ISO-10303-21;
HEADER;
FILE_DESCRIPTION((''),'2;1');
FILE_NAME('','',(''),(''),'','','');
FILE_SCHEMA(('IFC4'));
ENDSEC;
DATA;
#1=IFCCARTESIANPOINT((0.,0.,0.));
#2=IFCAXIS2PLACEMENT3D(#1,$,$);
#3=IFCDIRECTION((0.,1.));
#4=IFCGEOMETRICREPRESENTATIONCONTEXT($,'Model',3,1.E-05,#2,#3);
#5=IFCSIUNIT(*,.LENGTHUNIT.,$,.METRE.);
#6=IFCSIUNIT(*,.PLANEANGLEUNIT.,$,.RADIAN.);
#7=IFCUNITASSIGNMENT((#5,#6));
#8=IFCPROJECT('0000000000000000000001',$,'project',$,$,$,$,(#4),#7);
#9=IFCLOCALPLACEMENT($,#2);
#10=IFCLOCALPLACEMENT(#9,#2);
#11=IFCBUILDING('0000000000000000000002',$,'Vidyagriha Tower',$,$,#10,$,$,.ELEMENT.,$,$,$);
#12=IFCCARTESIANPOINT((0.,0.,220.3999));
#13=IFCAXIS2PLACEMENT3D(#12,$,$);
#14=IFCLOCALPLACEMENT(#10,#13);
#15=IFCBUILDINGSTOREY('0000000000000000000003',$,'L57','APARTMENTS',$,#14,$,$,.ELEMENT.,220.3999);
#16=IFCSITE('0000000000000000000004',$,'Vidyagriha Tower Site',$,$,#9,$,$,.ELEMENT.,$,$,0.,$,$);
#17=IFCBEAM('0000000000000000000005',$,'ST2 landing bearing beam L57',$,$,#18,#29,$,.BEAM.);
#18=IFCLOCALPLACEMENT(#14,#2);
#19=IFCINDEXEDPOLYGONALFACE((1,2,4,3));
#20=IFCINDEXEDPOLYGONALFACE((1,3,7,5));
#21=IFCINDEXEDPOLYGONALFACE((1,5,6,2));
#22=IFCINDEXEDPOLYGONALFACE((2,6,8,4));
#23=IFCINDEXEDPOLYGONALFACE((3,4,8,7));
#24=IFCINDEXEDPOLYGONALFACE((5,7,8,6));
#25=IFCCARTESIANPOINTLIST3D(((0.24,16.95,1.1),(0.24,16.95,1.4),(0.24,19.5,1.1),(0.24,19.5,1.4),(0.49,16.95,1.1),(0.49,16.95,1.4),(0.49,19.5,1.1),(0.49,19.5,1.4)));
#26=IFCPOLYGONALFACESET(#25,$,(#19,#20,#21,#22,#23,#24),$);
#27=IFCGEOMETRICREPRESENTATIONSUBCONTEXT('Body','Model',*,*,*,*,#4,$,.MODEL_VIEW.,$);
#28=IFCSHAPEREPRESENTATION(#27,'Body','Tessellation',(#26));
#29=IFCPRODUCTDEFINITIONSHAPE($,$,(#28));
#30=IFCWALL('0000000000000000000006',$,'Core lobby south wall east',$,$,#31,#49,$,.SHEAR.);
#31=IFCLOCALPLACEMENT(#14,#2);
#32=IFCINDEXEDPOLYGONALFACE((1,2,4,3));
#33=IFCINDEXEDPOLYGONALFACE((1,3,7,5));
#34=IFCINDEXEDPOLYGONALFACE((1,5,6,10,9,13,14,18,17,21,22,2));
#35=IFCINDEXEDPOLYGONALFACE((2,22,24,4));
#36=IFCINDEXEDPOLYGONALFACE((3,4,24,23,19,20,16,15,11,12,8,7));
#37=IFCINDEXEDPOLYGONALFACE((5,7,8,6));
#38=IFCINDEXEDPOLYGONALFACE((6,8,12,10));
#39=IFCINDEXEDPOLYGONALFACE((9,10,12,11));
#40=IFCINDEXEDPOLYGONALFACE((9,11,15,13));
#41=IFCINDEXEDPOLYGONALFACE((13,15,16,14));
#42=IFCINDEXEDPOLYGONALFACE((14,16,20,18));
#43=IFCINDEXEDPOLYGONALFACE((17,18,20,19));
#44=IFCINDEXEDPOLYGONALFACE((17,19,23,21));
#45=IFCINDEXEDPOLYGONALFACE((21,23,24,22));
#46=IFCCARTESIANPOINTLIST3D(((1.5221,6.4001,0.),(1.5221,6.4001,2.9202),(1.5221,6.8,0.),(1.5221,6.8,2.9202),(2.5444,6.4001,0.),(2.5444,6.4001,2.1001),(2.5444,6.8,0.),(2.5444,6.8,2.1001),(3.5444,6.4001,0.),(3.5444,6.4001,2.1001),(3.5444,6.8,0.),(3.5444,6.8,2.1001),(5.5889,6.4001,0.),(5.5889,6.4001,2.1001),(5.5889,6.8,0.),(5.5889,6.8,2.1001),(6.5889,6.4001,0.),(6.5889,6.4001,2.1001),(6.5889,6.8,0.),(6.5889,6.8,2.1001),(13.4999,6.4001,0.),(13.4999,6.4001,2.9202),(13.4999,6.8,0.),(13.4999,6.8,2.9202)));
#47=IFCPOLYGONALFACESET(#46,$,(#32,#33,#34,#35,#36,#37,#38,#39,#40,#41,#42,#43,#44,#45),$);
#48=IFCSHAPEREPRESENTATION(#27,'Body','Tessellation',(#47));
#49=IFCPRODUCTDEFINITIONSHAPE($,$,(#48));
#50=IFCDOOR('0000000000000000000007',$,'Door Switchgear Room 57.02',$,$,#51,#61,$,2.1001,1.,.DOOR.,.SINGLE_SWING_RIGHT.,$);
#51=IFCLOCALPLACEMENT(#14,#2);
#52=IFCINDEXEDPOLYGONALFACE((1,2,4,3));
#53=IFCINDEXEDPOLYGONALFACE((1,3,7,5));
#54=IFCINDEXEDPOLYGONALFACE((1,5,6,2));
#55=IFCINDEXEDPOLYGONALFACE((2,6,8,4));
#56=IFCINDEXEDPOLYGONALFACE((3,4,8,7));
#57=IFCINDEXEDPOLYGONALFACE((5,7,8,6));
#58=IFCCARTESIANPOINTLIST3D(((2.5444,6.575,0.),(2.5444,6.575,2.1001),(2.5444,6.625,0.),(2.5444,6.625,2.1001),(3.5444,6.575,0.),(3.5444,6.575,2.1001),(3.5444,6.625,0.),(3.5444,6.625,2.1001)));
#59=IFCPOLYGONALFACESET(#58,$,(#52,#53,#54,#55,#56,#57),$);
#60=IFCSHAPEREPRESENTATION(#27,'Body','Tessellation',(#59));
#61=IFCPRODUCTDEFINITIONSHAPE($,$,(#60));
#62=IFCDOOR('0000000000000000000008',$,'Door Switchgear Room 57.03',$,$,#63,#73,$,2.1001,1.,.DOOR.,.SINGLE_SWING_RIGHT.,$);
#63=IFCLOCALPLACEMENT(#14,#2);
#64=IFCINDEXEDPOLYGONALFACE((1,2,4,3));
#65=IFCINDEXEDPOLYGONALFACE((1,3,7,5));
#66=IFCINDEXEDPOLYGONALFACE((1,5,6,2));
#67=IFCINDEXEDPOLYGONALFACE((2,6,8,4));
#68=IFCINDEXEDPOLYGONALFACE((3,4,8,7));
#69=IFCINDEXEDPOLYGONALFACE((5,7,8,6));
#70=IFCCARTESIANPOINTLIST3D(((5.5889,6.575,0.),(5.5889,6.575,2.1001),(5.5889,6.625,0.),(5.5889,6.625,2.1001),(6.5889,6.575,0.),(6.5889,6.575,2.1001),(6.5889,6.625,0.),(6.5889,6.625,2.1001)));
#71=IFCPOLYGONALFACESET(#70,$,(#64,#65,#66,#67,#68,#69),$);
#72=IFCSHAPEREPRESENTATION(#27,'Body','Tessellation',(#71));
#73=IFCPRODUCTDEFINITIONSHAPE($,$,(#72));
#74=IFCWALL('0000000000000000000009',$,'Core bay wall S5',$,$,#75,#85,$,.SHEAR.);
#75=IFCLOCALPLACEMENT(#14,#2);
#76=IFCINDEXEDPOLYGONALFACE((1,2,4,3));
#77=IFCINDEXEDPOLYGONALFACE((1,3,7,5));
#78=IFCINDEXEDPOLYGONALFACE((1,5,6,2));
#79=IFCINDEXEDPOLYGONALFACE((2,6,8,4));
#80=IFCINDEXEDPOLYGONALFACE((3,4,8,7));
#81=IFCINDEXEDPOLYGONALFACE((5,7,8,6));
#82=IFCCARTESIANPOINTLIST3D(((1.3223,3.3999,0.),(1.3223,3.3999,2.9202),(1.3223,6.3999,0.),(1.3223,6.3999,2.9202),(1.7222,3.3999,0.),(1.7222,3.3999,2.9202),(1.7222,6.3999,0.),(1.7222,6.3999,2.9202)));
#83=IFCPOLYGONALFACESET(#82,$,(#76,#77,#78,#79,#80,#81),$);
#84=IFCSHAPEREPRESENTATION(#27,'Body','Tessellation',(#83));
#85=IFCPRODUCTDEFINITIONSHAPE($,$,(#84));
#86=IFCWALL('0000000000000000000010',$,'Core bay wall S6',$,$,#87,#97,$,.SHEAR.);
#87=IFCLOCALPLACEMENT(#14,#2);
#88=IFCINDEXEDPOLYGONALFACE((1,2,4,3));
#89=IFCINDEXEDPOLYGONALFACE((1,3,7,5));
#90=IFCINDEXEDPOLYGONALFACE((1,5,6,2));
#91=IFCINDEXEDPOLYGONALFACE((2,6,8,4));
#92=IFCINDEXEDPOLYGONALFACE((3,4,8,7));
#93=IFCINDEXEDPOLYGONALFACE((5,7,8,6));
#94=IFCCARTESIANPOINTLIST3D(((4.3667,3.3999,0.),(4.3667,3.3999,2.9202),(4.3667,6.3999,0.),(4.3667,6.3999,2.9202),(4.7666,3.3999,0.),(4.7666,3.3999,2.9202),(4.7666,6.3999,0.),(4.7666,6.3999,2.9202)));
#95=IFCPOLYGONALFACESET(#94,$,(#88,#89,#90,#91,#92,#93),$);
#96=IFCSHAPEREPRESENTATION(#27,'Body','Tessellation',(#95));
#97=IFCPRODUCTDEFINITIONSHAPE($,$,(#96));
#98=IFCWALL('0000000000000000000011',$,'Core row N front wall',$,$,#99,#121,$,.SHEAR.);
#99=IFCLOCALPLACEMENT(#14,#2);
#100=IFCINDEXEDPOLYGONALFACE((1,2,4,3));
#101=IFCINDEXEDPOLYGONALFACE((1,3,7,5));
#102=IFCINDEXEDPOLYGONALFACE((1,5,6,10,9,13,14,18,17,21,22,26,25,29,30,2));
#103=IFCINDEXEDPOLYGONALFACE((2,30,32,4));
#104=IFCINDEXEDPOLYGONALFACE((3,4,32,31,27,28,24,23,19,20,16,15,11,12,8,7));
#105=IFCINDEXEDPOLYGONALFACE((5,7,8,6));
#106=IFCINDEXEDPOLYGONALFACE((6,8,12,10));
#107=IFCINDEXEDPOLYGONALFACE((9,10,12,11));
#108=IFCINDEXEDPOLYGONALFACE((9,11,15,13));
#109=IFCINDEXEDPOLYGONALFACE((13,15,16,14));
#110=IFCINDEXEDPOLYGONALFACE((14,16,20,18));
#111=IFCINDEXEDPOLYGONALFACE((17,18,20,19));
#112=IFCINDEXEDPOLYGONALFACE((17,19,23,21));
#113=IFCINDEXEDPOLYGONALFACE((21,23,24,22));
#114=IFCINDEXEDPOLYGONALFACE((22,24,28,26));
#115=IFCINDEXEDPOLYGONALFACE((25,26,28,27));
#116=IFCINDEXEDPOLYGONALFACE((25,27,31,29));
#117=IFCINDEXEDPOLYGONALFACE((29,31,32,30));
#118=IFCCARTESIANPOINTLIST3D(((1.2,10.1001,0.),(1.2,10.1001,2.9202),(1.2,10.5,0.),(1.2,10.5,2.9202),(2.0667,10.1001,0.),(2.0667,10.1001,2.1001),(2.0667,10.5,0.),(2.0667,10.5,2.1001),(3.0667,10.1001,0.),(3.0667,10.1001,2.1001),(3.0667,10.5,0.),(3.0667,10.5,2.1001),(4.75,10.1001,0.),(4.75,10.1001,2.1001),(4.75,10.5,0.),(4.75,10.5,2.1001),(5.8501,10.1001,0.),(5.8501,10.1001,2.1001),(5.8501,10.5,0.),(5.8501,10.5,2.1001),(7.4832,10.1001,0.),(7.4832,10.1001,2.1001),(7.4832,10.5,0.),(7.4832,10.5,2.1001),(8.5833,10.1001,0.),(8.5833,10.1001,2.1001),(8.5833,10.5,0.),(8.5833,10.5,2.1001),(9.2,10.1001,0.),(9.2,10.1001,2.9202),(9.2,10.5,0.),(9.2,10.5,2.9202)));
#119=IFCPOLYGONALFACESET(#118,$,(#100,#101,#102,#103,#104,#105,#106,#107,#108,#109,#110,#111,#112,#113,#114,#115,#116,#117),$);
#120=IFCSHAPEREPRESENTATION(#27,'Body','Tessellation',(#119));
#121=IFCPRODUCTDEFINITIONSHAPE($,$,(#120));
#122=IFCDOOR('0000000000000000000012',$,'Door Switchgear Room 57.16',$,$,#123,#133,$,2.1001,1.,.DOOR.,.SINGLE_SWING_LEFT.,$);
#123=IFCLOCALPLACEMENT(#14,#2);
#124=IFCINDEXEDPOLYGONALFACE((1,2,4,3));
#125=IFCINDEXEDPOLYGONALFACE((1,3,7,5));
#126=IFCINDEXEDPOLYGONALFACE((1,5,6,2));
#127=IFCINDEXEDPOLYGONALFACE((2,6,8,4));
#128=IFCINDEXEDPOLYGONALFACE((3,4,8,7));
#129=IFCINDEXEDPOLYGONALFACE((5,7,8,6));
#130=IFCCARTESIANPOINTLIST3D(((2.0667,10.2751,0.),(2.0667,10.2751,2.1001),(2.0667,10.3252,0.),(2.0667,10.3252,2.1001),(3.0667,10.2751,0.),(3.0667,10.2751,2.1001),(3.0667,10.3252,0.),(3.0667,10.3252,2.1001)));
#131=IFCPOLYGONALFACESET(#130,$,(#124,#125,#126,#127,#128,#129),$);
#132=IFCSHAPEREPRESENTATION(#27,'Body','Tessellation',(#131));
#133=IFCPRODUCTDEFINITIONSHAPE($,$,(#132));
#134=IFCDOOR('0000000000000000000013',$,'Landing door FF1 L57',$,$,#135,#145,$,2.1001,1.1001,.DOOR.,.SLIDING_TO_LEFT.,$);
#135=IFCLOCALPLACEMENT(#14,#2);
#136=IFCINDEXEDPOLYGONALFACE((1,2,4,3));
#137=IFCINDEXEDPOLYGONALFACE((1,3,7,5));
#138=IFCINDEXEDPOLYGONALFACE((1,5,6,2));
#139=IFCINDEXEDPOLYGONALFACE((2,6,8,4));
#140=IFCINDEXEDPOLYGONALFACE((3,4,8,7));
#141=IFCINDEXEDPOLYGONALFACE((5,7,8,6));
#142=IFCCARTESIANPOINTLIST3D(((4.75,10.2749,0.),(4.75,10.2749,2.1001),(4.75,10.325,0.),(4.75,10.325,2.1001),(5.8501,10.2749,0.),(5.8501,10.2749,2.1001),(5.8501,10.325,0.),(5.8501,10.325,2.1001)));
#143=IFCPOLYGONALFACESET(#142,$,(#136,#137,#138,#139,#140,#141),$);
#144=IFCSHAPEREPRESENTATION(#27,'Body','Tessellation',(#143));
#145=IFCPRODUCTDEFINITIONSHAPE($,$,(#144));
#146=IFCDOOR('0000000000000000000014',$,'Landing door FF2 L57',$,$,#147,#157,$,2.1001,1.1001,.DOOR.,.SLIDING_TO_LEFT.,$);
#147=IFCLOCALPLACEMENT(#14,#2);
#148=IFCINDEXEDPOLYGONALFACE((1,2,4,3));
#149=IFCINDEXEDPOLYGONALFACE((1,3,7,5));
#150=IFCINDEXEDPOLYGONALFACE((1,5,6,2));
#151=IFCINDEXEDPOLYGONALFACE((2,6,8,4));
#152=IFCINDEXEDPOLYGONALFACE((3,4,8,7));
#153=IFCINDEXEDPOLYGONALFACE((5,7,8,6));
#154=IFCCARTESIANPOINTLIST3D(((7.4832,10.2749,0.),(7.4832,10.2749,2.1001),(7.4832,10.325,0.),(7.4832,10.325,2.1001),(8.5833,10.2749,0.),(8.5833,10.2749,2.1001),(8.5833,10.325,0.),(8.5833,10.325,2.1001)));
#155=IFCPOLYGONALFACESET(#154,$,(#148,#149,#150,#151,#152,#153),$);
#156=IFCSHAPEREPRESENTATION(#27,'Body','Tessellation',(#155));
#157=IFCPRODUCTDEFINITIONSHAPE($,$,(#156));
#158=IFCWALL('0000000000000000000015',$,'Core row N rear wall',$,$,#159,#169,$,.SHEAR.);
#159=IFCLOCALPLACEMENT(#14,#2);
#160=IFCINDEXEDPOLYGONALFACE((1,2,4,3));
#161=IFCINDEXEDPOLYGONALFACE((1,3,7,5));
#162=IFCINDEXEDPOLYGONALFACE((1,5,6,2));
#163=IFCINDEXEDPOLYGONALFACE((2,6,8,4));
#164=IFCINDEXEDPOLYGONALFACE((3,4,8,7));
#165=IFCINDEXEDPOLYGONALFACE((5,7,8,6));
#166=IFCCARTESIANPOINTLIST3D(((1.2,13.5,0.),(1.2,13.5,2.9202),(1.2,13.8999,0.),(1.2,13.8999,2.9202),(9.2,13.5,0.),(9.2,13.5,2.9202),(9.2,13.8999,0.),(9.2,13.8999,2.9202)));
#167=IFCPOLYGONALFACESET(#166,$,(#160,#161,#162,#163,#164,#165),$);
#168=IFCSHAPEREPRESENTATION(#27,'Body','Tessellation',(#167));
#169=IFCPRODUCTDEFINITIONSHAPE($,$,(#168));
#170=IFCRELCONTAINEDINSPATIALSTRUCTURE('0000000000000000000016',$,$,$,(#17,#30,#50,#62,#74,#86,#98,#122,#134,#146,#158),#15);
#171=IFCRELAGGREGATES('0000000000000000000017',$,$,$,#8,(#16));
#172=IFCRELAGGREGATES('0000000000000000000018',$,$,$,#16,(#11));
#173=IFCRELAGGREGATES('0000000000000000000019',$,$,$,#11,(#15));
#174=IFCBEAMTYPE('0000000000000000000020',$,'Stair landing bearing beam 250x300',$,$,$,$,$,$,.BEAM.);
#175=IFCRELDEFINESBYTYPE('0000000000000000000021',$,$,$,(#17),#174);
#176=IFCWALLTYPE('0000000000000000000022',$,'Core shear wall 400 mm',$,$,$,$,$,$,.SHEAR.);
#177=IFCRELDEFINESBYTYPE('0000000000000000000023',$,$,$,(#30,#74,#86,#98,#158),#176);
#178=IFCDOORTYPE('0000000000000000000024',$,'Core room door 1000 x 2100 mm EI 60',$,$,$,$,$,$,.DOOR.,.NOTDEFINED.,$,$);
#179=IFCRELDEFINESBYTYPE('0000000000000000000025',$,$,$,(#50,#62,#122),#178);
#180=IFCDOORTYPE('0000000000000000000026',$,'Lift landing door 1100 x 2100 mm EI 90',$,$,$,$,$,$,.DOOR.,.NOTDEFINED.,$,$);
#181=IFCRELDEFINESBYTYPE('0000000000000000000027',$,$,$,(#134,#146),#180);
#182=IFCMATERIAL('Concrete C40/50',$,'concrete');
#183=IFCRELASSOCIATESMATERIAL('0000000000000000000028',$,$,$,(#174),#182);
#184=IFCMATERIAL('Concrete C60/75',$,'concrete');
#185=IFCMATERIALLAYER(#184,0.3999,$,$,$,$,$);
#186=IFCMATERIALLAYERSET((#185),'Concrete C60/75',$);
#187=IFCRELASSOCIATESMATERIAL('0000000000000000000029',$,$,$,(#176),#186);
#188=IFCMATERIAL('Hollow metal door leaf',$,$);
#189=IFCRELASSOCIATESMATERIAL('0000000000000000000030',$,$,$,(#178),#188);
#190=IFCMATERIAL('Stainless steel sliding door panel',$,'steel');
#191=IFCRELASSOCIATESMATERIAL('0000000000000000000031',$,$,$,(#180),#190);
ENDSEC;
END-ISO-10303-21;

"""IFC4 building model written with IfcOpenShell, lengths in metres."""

from ifc_helpers import new_model, si_unit, direction, frame, frame_2d, origin, origin_2d, place, context, subcontext, project, spatial, rectangle, extrude, material, layer, layer_set, material_profile, profile_set, type_object, element, fill, save


model = new_model("IFC4")

# Units and contexts
model_context = context("Model", 3, precision=1e-05, world=origin(), true_north=direction((0.0, 1.0)))
body_context = subcontext(model_context, "Body", "Model", "MODEL_VIEW")
ifc_project = project(units=[si_unit("LENGTHUNIT", "METRE"), si_unit("PLANEANGLEUNIT", "RADIAN")], contexts=[model_context])

# Site, building, storey
site_placement = place(None, origin())
site = spatial("IfcSite", under=ifc_project, at=site_placement, Name="Vidyagriha Tower Site", CompositionType="ELEMENT", RefElevation=0.0)
building_placement = place(site_placement, origin())
building = spatial("IfcBuilding", under=site, at=building_placement, Name="Vidyagriha Tower", CompositionType="ELEMENT")
storey_placement = place(building_placement, frame((0.0, 0.0, 220.3999)))
storey = spatial("IfcBuildingStorey", under=building, at=storey_placement, Name="L57", Description="APARTMENTS", CompositionType="ELEMENT", Elevation=220.3999)

# Beam
ifc_material_1 = material(Name="Concrete C40/50", Category="concrete")
ifc_material_profile = material_profile(ifc_material_1, rectangle(XDim=0.25, YDim=0.3, at=origin_2d()), Name="Stair landing bearing beam 250x300")
ifc_profile_set = profile_set([ifc_material_profile], Name="Concrete C40/50")
beam_type = type_object("IfcBeamType", Name="Stair landing bearing beam 250x300", PredefinedType="BEAM", material=ifc_profile_set)
beam_placement = place(storey_placement, frame((0.365, 16.95, 1.25), z_axis=(0.0, 1.0, 0.0), x_axis=(-1.0, 0.0, 0.0)))
element("IfcBeam", 1, at=beam_placement, inside=storey, type_object=beam_type, Name="ST2 landing bearing beam L57", PredefinedType="BEAM", context=body_context, shape_type="SweptSolid", body=[
    extrude(rectangle(XDim=0.25, YDim=0.3, at=origin_2d()), origin(), (0.0, 0.0, 1.0), 2.55),
])

# Wall, openings, doors
ifc_material_2 = material(Name="Concrete C60/75", Category="concrete")
ifc_layer_1 = layer(ifc_material_2, 0.3999)
ifc_layer_set_1 = layer_set([ifc_layer_1], Name="Concrete C60/75")
wall_type_1 = type_object("IfcWallType", Name="Core shear wall 400 mm", PredefinedType="SHEAR", material=ifc_layer_set_1)
wall_1_placement = place(storey_placement, frame((1.5222, 6.6001, 0.0)))
wall_1 = element("IfcWall", 2, at=wall_1_placement, inside=storey, type_object=wall_type_1, Name="Core lobby south wall east", PredefinedType="SHEAR", context=body_context, shape_type="SweptSolid", body=[
    extrude(rectangle(XDim=11.9778, YDim=0.3999, at=frame_2d((5.9888, 0.0))), origin(), (0.0, 0.0, 1.0), 2.9202),
])
opening_1_placement = place(wall_1_placement, frame((1.0222, 0.0, 0.0)))
opening_1 = element("IfcOpeningElement", 3, at=opening_1_placement, cuts=wall_1, PredefinedType="OPENING", context=body_context, shape_type="SweptSolid", body=[
    extrude(rectangle(XDim=1.0, YDim=2.1001, at=frame_2d((0.5, 1.05))), frame((0.0, 0.21, 0.0), z_axis=(0.0, -1.0, 0.0), x_axis=(1.0, 0.0, 0.0)), (0.0, 0.0, 1.0), 0.4199),
])
opening_2_placement = place(wall_1_placement, frame((4.0667, 0.0, 0.0)))
opening_2 = element("IfcOpeningElement", 4, at=opening_2_placement, cuts=wall_1, PredefinedType="OPENING", context=body_context, shape_type="SweptSolid", body=[
    extrude(rectangle(XDim=1.0, YDim=2.1001, at=frame_2d((0.5, 1.05))), frame((0.0, 0.21, 0.0), z_axis=(0.0, -1.0, 0.0), x_axis=(1.0, 0.0, 0.0)), (0.0, 0.0, 1.0), 0.4199),
])
ifc_material_3 = material(Name="Hollow metal door leaf")
door_type_1 = type_object("IfcDoorType", Name="Core room door 1000 x 2100 mm EI 60", OperationType="NOTDEFINED", PredefinedType="DOOR", material=ifc_material_3)
door_1_placement = place(opening_1_placement, origin())
door_1 = element("IfcDoor", 5, at=door_1_placement, inside=storey, type_object=door_type_1, Name="Door Switchgear Room 57.02", OperationType="SINGLE_SWING_RIGHT", OverallHeight=2.1001, OverallWidth=1.0, PredefinedType="DOOR", context=body_context, shape_type="SweptSolid", body=[
    extrude(rectangle(XDim=1.0, YDim=2.1001, at=frame_2d((0.5, 1.05))), frame((0.0, 0.0249, 0.0), z_axis=(0.0, -1.0, 0.0), x_axis=(1.0, 0.0, 0.0)), (0.0, 0.0, 1.0), 0.05),
])
fill(opening_1, door_1)
door_2_placement = place(opening_2_placement, origin())
door_2 = element("IfcDoor", 6, at=door_2_placement, inside=storey, type_object=door_type_1, Name="Door Switchgear Room 57.03", OperationType="SINGLE_SWING_RIGHT", OverallHeight=2.1001, OverallWidth=1.0, PredefinedType="DOOR", context=body_context, shape_type="SweptSolid", body=[
    extrude(rectangle(XDim=1.0, YDim=2.1001, at=frame_2d((0.5, 1.05))), frame((0.0, 0.0249, 0.0), z_axis=(0.0, -1.0, 0.0), x_axis=(1.0, 0.0, 0.0)), (0.0, 0.0, 1.0), 0.05),
])
fill(opening_2, door_2)

# Walls
for number, where, z_axis, x_axis, name in (
    (7, (1.5222, 3.3999, 0.0), (0.0, 0.0, 1.0), (0.0, 1.0, 0.0), "Core bay wall S5"),
    (8, (4.5667, 3.3999, 0.0), (0.0, 0.0, 1.0), (0.0, 1.0, 0.0), "Core bay wall S6"),
):
    element("IfcWall", number, at=place(storey_placement, frame(where, z_axis=z_axis, x_axis=x_axis)), inside=storey, type_object=wall_type_1, Name=name, PredefinedType="SHEAR", context=body_context, shape_type="SweptSolid", body=[
        extrude(rectangle(XDim=3.0, YDim=0.3999, at=frame_2d((1.5, 0.0))), origin(), (0.0, 0.0, 1.0), 2.9202),
    ])

# Wall, openings, doors
wall_2_placement = place(storey_placement, frame((1.2, 10.3, 0.0)))
wall_2 = element("IfcWall", 9, at=wall_2_placement, inside=storey, type_object=wall_type_1, Name="Core row N front wall", PredefinedType="SHEAR", context=body_context, shape_type="SweptSolid", body=[
    extrude(rectangle(XDim=8.0, YDim=0.3999, at=frame_2d((4.0, 0.0))), origin(), (0.0, 0.0, 1.0), 2.9202),
])
opening_3_placement = place(wall_2_placement, frame((3.55, 0.0, 0.0)))
opening_3 = element("IfcOpeningElement", 10, at=opening_3_placement, cuts=wall_2, PredefinedType="OPENING", context=body_context, shape_type="SweptSolid", body=[
    extrude(rectangle(XDim=1.1001, YDim=2.1001, at=frame_2d((0.55, 1.05))), frame((0.0, 0.21, 0.0), z_axis=(0.0, -1.0, 0.0), x_axis=(1.0, 0.0, 0.0)), (0.0, 0.0, 1.0), 0.4199),
])
opening_4_placement = place(wall_2_placement, frame((6.2832, 0.0, 0.0)))
opening_4 = element("IfcOpeningElement", 11, at=opening_4_placement, cuts=wall_2, PredefinedType="OPENING", context=body_context, shape_type="SweptSolid", body=[
    extrude(rectangle(XDim=1.1001, YDim=2.1001, at=frame_2d((0.55, 1.05))), frame((0.0, 0.21, 0.0), z_axis=(0.0, -1.0, 0.0), x_axis=(1.0, 0.0, 0.0)), (0.0, 0.0, 1.0), 0.4199),
])
opening_5_placement = place(wall_2_placement, frame((0.8667, 0.0, 0.0)))
opening_5 = element("IfcOpeningElement", 12, at=opening_5_placement, cuts=wall_2, PredefinedType="OPENING", context=body_context, shape_type="SweptSolid", body=[
    extrude(rectangle(XDim=1.0, YDim=2.1001, at=frame_2d((0.5, 1.05))), frame((0.0, 0.21, 0.0), z_axis=(0.0, -1.0, 0.0), x_axis=(1.0, 0.0, 0.0)), (0.0, 0.0, 1.0), 0.4199),
])
door_3_placement = place(opening_5_placement, frame((1.0, 0.0, 0.0), z_axis=(0.0, 0.0, 1.0), x_axis=(-1.0, 0.0, 0.0)))
door_3 = element("IfcDoor", 13, at=door_3_placement, inside=storey, type_object=door_type_1, Name="Door Switchgear Room 57.16", OperationType="SINGLE_SWING_LEFT", OverallHeight=2.1001, OverallWidth=1.0, PredefinedType="DOOR", context=body_context, shape_type="SweptSolid", body=[
    extrude(rectangle(XDim=1.0, YDim=2.1001, at=frame_2d((0.5, 1.05))), frame((0.0, 0.0249, 0.0), z_axis=(0.0, -1.0, 0.0), x_axis=(1.0, 0.0, 0.0)), (0.0, 0.0, 1.0), 0.05),
])
fill(opening_5, door_3)
ifc_material_4 = material(Name="Stainless steel sliding door panel", Category="steel")
door_type_2 = type_object("IfcDoorType", Name="Lift landing door 1100 x 2100 mm EI 90", OperationType="NOTDEFINED", PredefinedType="DOOR", material=ifc_material_4)
door_4_placement = place(opening_3_placement, origin())
door_4 = element("IfcDoor", 14, at=door_4_placement, inside=storey, type_object=door_type_2, Name="Landing door FF1 L57", OperationType="SLIDING_TO_LEFT", OverallHeight=2.1001, OverallWidth=1.1001, PredefinedType="DOOR", context=body_context, shape_type="SweptSolid", body=[
    extrude(rectangle(XDim=1.1001, YDim=2.1001, at=frame_2d((0.55, 1.05))), frame((0.0, 0.0249, 0.0), z_axis=(0.0, -1.0, 0.0), x_axis=(1.0, 0.0, 0.0)), (0.0, 0.0, 1.0), 0.05),
])
fill(opening_3, door_4)
door_5_placement = place(opening_4_placement, origin())
door_5 = element("IfcDoor", 15, at=door_5_placement, inside=storey, type_object=door_type_2, Name="Landing door FF2 L57", OperationType="SLIDING_TO_LEFT", OverallHeight=2.1001, OverallWidth=1.1001, PredefinedType="DOOR", context=body_context, shape_type="SweptSolid", body=[
    extrude(rectangle(XDim=1.1001, YDim=2.1001, at=frame_2d((0.55, 1.05))), frame((0.0, 0.0249, 0.0), z_axis=(0.0, -1.0, 0.0), x_axis=(1.0, 0.0, 0.0)), (0.0, 0.0, 1.0), 0.05),
])
fill(opening_4, door_5)

# Wall
wall_3_placement = place(storey_placement, frame((1.2, 13.7, 0.0)))
element("IfcWall", 16, at=wall_3_placement, inside=storey, type_object=wall_type_1, Name="Core row N rear wall", PredefinedType="SHEAR", context=body_context, shape_type="SweptSolid", body=[
    extrude(rectangle(XDim=8.0, YDim=0.3999, at=frame_2d((4.0, 0.0))), origin(), (0.0, 0.0, 1.0), 2.9202),
])

save(model, "model.ifc")
